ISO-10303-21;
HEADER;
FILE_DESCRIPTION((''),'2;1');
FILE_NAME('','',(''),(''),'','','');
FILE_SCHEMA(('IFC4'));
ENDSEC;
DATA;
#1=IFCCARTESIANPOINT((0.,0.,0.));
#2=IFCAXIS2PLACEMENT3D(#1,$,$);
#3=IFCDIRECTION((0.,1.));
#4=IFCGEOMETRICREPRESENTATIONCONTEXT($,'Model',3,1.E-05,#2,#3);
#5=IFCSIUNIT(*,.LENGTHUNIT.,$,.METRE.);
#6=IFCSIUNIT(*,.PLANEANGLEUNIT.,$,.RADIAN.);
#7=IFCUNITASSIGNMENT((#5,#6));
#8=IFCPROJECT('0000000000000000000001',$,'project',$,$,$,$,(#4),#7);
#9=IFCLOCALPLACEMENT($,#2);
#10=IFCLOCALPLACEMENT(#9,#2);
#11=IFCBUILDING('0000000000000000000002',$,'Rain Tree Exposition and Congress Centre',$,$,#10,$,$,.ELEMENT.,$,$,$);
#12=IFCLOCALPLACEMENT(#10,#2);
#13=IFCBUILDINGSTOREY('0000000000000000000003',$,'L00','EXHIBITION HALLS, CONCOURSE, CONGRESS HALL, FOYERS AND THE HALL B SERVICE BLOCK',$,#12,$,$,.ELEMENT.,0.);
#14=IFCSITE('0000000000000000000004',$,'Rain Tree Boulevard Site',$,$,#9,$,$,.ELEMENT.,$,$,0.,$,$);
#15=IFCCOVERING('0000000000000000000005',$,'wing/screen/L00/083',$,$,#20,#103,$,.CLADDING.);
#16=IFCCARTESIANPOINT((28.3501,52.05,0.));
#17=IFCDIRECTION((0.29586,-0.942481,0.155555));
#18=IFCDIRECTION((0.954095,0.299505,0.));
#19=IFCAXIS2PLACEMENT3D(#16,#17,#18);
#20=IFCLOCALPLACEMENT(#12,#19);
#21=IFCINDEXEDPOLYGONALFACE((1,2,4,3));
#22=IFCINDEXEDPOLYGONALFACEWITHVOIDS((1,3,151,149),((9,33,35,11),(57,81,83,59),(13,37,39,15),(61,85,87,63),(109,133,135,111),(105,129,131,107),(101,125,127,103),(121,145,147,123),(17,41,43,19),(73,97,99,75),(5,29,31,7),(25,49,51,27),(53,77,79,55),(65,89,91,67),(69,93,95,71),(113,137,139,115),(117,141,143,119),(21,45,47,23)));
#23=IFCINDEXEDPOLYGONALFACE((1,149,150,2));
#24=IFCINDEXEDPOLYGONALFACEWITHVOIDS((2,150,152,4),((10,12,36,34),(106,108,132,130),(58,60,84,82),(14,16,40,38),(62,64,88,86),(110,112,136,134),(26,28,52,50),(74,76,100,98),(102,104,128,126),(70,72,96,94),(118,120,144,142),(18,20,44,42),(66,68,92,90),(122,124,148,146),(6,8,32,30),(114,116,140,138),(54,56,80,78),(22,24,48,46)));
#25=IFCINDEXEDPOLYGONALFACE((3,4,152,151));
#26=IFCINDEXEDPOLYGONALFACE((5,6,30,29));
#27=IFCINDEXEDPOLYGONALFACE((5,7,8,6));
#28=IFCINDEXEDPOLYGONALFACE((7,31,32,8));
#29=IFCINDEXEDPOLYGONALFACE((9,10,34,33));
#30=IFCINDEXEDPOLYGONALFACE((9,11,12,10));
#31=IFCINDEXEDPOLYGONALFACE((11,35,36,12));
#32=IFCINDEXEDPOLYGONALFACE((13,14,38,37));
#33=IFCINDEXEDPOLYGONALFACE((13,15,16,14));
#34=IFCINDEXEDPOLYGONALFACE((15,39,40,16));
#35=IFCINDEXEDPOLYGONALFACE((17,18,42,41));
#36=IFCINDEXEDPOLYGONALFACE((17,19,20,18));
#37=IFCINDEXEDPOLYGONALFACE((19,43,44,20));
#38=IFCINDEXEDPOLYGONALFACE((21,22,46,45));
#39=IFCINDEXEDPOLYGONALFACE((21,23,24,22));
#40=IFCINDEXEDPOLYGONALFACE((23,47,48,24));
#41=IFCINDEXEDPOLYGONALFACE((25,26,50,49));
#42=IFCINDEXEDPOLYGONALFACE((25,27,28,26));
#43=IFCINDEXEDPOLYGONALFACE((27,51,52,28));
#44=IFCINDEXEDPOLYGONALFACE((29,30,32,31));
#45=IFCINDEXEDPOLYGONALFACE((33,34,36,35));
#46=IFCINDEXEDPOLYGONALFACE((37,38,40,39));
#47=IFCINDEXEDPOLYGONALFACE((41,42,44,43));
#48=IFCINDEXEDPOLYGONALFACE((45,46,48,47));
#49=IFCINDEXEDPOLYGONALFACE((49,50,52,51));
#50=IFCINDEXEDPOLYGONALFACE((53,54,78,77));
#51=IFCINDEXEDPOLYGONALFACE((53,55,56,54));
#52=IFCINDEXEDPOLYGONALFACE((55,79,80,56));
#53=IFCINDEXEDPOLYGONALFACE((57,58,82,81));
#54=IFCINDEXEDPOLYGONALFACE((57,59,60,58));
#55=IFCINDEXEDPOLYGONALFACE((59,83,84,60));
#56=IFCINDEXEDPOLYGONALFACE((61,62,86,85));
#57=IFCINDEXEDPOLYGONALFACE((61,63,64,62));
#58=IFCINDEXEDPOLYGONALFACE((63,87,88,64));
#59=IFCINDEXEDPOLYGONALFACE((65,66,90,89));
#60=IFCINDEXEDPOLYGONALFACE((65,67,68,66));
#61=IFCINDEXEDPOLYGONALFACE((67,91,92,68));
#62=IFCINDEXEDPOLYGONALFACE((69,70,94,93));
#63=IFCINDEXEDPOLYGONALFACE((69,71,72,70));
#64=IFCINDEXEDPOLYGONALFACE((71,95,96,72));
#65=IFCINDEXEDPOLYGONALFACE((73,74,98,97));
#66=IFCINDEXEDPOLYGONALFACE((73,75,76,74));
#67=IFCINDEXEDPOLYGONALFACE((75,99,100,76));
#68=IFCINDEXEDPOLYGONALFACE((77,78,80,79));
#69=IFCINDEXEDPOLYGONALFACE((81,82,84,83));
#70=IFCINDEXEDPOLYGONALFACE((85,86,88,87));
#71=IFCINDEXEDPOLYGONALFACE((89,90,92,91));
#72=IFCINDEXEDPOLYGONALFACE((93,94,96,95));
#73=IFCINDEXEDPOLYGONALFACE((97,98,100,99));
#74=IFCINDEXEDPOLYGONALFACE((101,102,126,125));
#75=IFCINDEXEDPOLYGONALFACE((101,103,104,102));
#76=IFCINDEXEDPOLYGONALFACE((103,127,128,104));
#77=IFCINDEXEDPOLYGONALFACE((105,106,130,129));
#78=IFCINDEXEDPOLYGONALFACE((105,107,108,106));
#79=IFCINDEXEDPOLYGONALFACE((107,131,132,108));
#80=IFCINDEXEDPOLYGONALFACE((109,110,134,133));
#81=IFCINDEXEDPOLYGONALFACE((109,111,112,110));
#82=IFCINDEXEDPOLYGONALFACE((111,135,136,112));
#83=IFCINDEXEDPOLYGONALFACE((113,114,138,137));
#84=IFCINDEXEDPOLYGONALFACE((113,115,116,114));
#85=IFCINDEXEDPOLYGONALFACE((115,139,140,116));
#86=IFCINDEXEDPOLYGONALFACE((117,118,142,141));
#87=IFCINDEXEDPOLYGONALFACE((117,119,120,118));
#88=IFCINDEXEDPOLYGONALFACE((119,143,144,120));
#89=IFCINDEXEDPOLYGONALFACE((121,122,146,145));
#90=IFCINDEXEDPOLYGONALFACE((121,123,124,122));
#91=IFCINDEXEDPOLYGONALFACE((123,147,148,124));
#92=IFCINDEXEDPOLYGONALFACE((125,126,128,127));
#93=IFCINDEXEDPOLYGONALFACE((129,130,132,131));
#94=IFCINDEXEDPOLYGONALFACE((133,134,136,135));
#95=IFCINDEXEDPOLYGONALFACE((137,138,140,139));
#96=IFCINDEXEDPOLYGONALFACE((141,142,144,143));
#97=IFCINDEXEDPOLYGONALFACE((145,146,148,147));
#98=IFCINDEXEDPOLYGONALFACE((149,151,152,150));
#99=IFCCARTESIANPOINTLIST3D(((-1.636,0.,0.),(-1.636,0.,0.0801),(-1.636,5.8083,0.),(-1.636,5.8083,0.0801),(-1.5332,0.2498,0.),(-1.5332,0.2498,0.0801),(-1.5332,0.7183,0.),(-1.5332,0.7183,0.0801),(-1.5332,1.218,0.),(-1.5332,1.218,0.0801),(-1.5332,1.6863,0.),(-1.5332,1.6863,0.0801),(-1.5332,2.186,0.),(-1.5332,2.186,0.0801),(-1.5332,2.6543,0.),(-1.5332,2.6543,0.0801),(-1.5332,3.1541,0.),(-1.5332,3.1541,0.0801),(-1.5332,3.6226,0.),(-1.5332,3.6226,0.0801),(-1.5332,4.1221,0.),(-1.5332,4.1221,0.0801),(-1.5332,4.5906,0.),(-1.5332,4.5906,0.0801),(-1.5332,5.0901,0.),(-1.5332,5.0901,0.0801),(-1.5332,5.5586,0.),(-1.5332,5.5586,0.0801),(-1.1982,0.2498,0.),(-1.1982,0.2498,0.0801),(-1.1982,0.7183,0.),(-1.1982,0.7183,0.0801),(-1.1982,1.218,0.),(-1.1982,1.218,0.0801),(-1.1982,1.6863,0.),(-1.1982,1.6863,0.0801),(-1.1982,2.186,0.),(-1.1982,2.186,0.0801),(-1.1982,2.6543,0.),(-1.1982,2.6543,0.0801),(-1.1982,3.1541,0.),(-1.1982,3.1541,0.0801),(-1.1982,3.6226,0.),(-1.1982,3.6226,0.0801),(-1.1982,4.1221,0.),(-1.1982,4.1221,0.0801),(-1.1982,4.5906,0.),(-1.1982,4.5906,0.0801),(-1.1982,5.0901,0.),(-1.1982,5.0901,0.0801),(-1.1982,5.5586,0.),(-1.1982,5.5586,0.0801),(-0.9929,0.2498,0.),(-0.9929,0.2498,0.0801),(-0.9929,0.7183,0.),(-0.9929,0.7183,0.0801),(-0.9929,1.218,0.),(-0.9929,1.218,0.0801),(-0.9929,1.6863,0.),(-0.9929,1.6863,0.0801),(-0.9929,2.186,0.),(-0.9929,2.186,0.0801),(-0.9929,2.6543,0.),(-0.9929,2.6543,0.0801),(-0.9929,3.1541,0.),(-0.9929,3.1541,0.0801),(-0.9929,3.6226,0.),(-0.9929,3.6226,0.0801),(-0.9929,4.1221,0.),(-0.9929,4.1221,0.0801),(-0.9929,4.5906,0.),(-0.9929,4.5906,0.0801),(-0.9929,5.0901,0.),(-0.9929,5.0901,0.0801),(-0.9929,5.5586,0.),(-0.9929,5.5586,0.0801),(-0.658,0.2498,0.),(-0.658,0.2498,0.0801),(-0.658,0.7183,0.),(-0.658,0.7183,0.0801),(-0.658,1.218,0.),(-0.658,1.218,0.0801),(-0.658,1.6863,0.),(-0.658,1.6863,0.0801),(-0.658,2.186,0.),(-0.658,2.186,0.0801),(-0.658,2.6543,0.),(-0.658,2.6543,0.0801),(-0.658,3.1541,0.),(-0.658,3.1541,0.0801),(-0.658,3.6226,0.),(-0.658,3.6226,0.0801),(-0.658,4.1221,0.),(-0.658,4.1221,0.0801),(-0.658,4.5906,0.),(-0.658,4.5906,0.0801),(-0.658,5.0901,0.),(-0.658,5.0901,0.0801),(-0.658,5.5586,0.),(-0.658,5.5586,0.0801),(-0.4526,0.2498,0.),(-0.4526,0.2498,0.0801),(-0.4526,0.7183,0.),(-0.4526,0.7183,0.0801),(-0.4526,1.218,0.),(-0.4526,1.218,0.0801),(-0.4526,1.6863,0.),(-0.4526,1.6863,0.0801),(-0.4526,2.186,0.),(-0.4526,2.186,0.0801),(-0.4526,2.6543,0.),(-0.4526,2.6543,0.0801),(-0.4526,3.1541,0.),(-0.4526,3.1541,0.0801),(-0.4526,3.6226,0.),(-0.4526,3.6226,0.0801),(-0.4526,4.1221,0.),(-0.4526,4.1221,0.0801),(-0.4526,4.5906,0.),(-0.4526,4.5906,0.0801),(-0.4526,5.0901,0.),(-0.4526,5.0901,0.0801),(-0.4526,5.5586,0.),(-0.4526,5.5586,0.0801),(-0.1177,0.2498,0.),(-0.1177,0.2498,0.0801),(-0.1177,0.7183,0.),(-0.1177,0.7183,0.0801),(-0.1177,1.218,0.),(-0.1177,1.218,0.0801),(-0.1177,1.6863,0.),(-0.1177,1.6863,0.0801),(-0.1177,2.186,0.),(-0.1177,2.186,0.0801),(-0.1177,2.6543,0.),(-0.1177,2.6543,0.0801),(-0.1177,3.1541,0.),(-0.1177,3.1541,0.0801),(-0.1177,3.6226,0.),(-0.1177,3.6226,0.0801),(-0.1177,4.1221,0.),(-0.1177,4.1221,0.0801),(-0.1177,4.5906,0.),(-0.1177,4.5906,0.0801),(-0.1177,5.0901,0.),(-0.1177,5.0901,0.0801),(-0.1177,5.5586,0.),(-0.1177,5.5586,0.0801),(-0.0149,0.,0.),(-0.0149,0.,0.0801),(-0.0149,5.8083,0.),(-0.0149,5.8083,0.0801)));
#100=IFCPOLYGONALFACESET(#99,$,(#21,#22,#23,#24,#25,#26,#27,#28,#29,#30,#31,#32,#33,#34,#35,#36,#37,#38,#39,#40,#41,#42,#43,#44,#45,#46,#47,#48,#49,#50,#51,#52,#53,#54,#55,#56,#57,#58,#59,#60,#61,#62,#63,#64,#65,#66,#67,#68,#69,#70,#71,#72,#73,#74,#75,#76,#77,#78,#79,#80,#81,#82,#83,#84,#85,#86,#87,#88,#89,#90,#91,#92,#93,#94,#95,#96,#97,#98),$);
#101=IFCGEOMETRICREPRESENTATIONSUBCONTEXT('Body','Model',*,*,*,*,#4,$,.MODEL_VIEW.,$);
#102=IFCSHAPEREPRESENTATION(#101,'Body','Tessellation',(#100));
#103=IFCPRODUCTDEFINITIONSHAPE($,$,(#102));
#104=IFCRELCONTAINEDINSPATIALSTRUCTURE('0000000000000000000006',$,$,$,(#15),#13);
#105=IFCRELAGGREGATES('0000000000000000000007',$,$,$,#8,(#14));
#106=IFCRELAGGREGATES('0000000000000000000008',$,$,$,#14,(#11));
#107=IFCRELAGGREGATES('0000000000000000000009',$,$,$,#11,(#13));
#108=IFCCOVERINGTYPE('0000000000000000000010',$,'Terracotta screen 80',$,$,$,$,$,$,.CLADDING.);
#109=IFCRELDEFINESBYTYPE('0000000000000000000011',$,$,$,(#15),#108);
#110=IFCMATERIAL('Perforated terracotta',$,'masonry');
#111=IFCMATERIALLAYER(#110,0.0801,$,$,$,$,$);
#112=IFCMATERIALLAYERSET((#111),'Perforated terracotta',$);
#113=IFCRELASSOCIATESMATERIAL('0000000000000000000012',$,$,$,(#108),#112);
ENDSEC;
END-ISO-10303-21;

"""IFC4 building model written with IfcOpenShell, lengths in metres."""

from ifc_helpers import new_model, si_unit, direction, frame, origin, place, context, subcontext, project, spatial, polyline, outline, extrude, material, layer, layer_set, type_object, element, save


model = new_model("IFC4")

# Units and contexts
model_context = context("Model", 3, precision=1e-05, world=origin(), true_north=direction((0.0, 1.0)))
body_context = subcontext(model_context, "Body", "Model", "MODEL_VIEW")
ifc_project = project(units=[si_unit("LENGTHUNIT", "METRE"), si_unit("PLANEANGLEUNIT", "RADIAN")], contexts=[model_context])

# Site, building, storey
site_placement = place(None, origin())
site = spatial("IfcSite", under=ifc_project, at=site_placement, Name="Rain Tree Boulevard Site", CompositionType="ELEMENT", RefElevation=0.0)
building_placement = place(site_placement, origin())
building = spatial("IfcBuilding", under=site, at=building_placement, Name="Rain Tree Exposition and Congress Centre", CompositionType="ELEMENT")
storey_placement = place(building_placement, origin())
storey = spatial("IfcBuildingStorey", under=building, at=storey_placement, Name="L00", Description="EXHIBITION HALLS, CONCOURSE, CONGRESS HALL, FOYERS AND THE HALL B SERVICE BLOCK", CompositionType="ELEMENT", Elevation=0.0)

# Covering
ifc_material_1 = material(Name="Perforated terracotta", Category="masonry")
ifc_layer_1 = layer(ifc_material_1, 0.0801)
ifc_layer_set_1 = layer_set([ifc_layer_1], Name="Perforated terracotta")
covering_type = type_object("IfcCoveringType", Name="Terracotta screen 80", PredefinedType="CLADDING", material=ifc_layer_set_1)
covering_1_placement = place(storey_placement, frame((28.3501, 52.05, 0.0), z_axis=(0.29586, -0.942481, 0.155555), x_axis=(0.954095, 0.299505, 0.0)))
element("IfcCovering", 1, at=covering_1_placement, inside=storey, type_object=covering_type, Name="wing/screen/L00/083", PredefinedType="CLADDING", context=body_context, shape_type="SweptSolid", body=[
    extrude(outline(polyline([(-0.0149, 5.8083), (-0.0149, 0.0), (-1.636, 0.0), (-1.636, 5.8083), (-0.0149, 5.8083)]), holes=[polyline([(-0.1177, 0.2498), (-0.1177, 0.7183), (-0.4526, 0.7183), (-0.4526, 0.2498), (-0.1177, 0.2498)]), polyline([(-0.1177, 1.218), (-0.1177, 1.6863), (-0.4526, 1.6863), (-0.4526, 1.218), (-0.1177, 1.218)]), polyline([(-0.1177, 2.186), (-0.1177, 2.6543), (-0.4526, 2.6543), (-0.4526, 2.186), (-0.1177, 2.186)]), polyline([(-0.1177, 3.1541), (-0.1177, 3.6226), (-0.4526, 3.6226), (-0.4526, 3.1541), (-0.1177, 3.1541)]), polyline([(-0.1177, 4.1221), (-0.1177, 4.5906), (-0.4526, 4.5906), (-0.4526, 4.1221), (-0.1177, 4.1221)]), polyline([(-0.1177, 5.0901), (-0.1177, 5.5586), (-0.4526, 5.5586), (-0.4526, 5.0901), (-0.1177, 5.0901)]), polyline([(-0.658, 0.2498), (-0.658, 0.7183), (-0.9929, 0.7183), (-0.9929, 0.2498), (-0.658, 0.2498)]), polyline([(-0.658, 1.218), (-0.658, 1.6863), (-0.9929, 1.6863), (-0.9929, 1.218), (-0.658, 1.218)]), polyline([(-0.658, 2.186), (-0.658, 2.6543), (-0.9929, 2.6543), (-0.9929, 2.186), (-0.658, 2.186)]), polyline([(-0.658, 3.1541), (-0.658, 3.6226), (-0.9929, 3.6226), (-0.9929, 3.1541), (-0.658, 3.1541)]), polyline([(-0.658, 4.1221), (-0.658, 4.5906), (-0.9929, 4.5906), (-0.9929, 4.1221), (-0.658, 4.1221)]), polyline([(-0.658, 5.0901), (-0.658, 5.5586), (-0.9929, 5.5586), (-0.9929, 5.0901), (-0.658, 5.0901)]), polyline([(-1.1982, 0.2498), (-1.1982, 0.7183), (-1.5332, 0.7183), (-1.5332, 0.2498), (-1.1982, 0.2498)]), polyline([(-1.1982, 1.218), (-1.1982, 1.6863), (-1.5332, 1.6863), (-1.5332, 1.218), (-1.1982, 1.218)]), polyline([(-1.1982, 2.186), (-1.1982, 2.6543), (-1.5332, 2.6543), (-1.5332, 2.186), (-1.1982, 2.186)]), polyline([(-1.1982, 3.1541), (-1.1982, 3.6226), (-1.5332, 3.6226), (-1.5332, 3.1541), (-1.1982, 3.1541)]), polyline([(-1.1982, 4.1221), (-1.1982, 4.5906), (-1.5332, 4.5906), (-1.5332, 4.1221), (-1.1982, 4.1221)]), polyline([(-1.1982, 5.0901), (-1.1982, 5.5586), (-1.5332, 5.5586), (-1.5332, 5.0901), (-1.1982, 5.0901)])]), origin(), (0.0, 0.0, 1.0), 0.0801),
])

save(model, "model.ifc")
